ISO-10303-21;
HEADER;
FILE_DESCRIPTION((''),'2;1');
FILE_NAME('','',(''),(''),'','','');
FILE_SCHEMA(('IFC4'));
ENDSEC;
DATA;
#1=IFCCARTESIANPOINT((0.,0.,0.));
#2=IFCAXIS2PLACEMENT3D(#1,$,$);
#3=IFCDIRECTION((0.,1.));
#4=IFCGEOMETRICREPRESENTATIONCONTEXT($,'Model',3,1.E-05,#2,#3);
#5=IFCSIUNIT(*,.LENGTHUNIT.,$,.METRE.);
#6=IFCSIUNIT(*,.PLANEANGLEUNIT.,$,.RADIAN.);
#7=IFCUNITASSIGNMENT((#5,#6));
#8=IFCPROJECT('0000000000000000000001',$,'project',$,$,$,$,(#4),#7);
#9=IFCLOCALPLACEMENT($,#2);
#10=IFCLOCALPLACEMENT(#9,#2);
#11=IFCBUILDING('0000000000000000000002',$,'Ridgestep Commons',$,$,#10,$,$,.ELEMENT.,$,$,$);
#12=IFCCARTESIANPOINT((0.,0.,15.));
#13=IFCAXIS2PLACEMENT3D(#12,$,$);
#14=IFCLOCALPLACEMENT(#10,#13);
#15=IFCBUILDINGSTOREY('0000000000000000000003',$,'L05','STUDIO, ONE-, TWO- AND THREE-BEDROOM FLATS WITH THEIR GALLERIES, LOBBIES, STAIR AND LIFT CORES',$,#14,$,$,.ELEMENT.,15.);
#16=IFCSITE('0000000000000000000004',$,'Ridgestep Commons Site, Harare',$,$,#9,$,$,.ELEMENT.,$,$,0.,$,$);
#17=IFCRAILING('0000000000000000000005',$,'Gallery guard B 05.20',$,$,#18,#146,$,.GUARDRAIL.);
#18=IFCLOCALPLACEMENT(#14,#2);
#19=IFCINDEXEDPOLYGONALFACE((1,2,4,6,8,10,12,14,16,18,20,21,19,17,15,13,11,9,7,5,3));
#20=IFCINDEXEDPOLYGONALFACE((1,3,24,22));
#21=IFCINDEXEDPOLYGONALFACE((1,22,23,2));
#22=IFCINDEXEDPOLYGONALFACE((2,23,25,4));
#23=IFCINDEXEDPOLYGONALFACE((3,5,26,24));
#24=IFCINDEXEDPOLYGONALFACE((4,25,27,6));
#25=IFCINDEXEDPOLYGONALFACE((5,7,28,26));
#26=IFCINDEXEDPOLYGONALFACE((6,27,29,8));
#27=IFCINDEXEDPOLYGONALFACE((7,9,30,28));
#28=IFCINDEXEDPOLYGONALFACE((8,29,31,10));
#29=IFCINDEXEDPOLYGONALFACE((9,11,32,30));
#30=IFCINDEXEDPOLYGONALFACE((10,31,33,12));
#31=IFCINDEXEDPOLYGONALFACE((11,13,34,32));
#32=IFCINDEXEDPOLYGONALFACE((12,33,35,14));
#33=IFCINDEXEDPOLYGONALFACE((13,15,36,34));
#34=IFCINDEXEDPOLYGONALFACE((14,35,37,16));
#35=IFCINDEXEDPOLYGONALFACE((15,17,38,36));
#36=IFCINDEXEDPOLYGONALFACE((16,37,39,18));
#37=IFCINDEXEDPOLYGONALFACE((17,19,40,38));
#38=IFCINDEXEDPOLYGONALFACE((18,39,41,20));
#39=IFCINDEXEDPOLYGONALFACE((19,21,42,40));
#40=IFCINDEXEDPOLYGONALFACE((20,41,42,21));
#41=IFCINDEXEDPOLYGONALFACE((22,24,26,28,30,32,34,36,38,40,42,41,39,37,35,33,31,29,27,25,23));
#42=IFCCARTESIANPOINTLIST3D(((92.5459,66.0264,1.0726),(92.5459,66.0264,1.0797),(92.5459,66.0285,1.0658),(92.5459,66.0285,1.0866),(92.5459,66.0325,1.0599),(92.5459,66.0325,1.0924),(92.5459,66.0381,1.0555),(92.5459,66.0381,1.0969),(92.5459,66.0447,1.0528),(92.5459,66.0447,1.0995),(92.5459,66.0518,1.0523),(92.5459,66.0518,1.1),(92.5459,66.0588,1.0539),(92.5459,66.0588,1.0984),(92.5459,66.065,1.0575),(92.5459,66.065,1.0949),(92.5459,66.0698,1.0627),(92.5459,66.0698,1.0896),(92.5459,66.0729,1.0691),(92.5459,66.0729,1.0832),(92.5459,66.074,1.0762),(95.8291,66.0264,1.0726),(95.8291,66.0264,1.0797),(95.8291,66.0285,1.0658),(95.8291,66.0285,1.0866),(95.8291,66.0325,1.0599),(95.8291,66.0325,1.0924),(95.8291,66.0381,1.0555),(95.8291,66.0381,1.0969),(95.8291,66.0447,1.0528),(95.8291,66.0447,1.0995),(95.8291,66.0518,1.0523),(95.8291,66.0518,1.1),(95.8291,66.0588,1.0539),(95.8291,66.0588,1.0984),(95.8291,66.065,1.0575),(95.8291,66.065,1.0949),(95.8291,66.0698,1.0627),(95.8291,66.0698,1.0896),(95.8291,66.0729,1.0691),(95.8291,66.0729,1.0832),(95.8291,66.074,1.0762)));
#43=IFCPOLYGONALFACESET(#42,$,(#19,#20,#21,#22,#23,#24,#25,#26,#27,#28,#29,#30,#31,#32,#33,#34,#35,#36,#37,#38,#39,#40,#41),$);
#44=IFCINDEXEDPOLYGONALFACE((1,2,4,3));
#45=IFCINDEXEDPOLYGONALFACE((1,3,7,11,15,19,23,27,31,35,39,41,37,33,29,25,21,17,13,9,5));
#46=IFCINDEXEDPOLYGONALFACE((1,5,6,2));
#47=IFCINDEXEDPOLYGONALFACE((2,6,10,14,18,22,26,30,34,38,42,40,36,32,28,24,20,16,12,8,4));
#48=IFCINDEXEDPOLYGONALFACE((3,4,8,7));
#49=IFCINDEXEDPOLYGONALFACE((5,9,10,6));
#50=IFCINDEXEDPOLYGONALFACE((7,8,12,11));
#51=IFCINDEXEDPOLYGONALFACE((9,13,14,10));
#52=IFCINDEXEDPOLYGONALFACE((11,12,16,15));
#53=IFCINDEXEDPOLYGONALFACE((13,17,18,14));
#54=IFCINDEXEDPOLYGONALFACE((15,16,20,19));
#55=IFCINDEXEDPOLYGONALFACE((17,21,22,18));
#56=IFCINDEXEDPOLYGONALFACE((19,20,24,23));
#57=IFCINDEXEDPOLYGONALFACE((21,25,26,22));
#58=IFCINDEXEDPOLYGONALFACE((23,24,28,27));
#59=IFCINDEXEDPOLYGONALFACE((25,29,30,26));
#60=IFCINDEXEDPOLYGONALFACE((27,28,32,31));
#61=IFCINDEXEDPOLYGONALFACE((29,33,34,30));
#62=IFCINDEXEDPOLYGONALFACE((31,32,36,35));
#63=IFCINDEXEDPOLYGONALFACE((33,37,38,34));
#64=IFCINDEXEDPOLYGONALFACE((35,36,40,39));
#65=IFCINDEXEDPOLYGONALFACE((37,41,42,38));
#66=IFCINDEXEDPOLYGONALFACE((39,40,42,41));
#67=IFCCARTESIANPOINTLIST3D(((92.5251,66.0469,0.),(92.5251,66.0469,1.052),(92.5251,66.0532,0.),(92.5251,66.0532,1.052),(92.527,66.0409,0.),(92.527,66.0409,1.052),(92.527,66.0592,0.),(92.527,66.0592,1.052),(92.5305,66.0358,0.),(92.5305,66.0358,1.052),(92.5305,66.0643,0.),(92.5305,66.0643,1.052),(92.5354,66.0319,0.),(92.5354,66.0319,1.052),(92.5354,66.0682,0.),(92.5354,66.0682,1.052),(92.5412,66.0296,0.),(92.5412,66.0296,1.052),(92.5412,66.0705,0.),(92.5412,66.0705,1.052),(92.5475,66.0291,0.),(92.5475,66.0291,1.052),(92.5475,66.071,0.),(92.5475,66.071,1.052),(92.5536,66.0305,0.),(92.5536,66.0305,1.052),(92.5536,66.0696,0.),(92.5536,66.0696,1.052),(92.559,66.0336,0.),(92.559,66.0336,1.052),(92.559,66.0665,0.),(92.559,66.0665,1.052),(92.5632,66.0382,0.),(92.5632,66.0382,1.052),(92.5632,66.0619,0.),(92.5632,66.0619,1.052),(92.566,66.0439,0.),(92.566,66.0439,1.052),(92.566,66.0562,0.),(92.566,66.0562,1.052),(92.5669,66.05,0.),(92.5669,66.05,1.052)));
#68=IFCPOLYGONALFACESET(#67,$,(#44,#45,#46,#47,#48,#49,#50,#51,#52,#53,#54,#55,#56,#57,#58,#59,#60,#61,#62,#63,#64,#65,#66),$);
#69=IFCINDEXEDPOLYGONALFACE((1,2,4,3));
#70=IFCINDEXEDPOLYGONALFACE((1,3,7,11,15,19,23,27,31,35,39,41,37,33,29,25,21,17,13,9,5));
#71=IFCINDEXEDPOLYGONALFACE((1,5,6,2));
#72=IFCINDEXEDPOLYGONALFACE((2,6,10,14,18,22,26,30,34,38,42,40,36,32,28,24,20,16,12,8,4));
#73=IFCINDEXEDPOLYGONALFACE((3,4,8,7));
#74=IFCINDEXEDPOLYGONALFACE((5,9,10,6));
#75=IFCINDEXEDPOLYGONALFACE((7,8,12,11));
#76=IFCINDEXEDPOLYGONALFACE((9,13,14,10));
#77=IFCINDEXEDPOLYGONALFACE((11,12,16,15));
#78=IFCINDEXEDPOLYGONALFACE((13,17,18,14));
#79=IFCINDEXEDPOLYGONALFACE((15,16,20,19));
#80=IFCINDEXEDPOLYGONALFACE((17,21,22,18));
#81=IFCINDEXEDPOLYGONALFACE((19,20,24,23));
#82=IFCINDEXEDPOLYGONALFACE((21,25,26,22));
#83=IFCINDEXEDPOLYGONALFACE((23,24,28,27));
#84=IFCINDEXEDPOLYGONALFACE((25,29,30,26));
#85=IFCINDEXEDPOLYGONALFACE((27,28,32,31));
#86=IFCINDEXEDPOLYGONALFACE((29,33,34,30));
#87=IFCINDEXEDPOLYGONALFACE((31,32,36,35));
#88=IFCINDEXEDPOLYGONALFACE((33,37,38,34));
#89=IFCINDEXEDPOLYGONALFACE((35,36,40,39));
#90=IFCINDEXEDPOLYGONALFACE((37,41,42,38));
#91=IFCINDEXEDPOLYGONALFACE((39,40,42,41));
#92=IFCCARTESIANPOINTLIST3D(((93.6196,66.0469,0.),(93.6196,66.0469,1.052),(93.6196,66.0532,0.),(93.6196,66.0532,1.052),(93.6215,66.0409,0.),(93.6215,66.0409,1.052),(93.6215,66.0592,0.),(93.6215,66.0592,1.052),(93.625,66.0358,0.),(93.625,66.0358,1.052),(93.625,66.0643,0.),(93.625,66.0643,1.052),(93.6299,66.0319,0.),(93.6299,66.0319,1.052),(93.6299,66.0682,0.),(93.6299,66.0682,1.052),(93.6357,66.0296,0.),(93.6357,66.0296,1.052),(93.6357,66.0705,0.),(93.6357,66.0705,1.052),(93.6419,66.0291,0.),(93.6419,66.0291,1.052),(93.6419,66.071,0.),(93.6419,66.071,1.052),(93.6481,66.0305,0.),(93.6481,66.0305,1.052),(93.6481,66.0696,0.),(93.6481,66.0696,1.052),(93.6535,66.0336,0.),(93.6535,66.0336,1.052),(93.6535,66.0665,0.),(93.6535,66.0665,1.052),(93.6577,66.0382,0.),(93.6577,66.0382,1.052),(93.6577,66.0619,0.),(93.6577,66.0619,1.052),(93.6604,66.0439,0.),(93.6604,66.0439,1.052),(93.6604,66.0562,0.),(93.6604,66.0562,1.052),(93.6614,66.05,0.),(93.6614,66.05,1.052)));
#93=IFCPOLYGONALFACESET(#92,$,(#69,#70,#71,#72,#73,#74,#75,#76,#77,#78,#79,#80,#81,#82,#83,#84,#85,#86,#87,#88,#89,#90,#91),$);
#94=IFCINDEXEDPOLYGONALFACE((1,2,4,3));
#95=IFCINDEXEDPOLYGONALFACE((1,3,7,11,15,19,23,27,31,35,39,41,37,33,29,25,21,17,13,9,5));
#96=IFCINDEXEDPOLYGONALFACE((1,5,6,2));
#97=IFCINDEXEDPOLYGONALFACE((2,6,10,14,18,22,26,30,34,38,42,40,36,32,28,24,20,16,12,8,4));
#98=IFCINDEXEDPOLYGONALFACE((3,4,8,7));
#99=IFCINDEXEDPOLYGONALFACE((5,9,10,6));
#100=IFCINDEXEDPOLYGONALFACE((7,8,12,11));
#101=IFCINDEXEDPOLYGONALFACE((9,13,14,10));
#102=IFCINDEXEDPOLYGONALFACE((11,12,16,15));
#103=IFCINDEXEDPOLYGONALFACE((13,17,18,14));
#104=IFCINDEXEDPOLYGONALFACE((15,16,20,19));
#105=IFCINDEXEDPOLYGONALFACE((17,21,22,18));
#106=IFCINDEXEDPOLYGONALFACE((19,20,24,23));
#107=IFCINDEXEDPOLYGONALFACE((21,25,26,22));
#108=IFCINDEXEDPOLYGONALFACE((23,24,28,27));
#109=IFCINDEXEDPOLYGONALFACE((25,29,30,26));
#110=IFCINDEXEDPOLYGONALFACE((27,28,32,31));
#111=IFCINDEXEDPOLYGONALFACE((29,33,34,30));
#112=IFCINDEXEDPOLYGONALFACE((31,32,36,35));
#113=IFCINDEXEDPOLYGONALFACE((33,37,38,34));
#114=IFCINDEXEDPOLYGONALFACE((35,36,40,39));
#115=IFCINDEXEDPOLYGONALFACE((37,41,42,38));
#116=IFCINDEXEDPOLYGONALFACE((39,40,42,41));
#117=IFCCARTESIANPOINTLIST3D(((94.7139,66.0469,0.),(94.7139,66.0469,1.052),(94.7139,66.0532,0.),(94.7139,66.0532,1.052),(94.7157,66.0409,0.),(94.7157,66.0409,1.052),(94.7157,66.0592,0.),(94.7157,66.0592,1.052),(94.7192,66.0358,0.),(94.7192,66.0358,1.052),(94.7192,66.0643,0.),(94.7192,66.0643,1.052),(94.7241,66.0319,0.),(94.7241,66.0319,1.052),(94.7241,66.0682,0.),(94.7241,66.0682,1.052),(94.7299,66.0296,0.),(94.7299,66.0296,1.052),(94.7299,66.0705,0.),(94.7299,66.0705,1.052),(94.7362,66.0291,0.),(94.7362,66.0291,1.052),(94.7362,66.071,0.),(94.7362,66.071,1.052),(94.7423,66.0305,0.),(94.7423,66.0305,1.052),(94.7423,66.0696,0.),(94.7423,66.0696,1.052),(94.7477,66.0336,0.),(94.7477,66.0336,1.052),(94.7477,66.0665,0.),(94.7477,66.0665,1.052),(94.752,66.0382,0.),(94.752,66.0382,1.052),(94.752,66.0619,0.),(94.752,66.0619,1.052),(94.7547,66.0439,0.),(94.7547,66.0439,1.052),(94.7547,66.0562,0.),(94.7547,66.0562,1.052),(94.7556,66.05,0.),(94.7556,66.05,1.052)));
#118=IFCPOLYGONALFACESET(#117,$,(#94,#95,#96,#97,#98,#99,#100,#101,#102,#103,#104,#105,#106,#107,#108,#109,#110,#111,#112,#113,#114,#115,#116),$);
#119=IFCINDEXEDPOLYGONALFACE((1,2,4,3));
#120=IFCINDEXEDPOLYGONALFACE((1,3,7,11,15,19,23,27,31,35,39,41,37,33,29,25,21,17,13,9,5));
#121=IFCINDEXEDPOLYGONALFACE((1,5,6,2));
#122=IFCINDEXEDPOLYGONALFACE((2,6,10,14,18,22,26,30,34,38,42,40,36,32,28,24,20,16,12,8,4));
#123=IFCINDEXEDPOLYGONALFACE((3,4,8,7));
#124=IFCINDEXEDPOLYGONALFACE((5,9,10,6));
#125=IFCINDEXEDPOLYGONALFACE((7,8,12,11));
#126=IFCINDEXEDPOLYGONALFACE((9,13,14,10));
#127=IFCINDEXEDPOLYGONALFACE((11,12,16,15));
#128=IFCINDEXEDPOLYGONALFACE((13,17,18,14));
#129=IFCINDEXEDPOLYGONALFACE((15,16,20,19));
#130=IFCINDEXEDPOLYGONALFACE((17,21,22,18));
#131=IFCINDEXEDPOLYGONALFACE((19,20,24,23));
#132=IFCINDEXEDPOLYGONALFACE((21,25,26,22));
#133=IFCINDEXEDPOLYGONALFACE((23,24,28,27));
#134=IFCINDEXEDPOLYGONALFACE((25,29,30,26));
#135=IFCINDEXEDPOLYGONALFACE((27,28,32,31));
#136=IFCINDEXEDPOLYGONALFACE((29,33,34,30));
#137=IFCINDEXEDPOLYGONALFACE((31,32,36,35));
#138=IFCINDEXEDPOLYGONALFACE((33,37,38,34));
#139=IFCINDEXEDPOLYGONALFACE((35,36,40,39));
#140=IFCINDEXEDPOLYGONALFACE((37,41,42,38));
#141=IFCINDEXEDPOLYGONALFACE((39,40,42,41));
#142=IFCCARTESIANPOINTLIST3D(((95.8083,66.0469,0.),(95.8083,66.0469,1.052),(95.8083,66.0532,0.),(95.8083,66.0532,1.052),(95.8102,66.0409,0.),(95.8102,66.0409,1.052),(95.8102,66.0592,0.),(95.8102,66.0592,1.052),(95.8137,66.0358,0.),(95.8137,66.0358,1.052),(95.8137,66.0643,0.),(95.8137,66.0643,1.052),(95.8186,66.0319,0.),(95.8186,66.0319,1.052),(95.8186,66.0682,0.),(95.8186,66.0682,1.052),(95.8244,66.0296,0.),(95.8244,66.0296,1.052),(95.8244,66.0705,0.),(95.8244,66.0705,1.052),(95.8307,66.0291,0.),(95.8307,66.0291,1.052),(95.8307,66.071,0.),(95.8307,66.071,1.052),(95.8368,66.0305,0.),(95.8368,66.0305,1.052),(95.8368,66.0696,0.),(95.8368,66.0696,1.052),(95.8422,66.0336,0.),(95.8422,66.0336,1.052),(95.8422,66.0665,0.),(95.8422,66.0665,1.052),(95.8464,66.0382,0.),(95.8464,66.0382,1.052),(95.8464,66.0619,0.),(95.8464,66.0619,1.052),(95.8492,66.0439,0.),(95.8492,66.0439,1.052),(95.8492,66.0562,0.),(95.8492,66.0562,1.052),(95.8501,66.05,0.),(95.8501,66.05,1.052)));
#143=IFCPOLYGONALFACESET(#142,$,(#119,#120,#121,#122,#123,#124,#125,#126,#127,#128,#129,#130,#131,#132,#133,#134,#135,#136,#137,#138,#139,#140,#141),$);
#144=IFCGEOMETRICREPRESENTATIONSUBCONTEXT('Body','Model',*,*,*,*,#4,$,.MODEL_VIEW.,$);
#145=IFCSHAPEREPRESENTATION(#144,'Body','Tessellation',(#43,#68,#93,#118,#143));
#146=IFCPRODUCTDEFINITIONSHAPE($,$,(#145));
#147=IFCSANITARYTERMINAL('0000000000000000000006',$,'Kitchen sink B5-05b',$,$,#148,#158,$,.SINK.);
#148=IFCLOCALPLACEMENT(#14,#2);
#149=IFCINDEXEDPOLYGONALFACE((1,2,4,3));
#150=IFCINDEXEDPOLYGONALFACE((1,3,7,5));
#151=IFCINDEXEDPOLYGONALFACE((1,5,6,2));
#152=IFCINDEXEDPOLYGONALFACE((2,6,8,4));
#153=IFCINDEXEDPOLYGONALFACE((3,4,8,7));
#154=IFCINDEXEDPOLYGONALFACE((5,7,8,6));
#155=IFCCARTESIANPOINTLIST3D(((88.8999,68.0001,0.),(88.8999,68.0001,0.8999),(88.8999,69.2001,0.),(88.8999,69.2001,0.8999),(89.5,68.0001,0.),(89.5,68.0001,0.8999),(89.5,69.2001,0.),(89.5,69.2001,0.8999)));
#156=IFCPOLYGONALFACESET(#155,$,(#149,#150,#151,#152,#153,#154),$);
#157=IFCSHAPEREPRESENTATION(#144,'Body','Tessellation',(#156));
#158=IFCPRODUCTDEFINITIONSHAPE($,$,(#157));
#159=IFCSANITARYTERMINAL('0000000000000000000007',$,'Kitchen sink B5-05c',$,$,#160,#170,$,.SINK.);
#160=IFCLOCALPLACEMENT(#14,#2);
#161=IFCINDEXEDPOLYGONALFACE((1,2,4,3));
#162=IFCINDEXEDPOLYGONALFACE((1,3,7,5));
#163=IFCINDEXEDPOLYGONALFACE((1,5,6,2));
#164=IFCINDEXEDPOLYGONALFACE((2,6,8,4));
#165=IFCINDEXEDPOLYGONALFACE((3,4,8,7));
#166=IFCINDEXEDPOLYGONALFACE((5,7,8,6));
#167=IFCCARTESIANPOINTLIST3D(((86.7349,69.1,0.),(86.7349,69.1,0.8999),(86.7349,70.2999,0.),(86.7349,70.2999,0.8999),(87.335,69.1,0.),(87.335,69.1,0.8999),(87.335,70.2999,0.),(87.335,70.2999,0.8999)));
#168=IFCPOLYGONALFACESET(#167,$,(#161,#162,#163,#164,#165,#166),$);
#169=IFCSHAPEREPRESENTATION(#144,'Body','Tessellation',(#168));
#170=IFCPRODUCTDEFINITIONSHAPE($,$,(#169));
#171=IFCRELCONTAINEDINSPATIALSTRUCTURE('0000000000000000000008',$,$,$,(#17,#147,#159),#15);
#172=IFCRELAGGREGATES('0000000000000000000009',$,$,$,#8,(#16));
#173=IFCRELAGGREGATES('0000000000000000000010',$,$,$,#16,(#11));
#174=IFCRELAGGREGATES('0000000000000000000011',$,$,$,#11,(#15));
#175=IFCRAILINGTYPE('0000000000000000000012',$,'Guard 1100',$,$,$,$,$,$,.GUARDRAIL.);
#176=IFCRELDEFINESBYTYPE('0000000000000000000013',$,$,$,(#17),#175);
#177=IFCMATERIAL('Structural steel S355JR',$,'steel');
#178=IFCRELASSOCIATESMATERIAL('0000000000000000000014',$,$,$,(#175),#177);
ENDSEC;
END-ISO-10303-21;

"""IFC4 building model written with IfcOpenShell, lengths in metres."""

from ifc_helpers import new_model, si_unit, direction, frame, origin, origin_2d, place, context, subcontext, project, spatial, rectangle, circle, extrude, material, type_object, element, save


model = new_model("IFC4")

# Units and contexts
model_context = context("Model", 3, precision=1e-05, world=origin(), true_north=direction((0.0, 1.0)))
body_context = subcontext(model_context, "Body", "Model", "MODEL_VIEW")
ifc_project = project(units=[si_unit("LENGTHUNIT", "METRE"), si_unit("PLANEANGLEUNIT", "RADIAN")], contexts=[model_context])

# Site, building, storey
site_placement = place(None, origin())
site = spatial("IfcSite", under=ifc_project, at=site_placement, Name="Ridgestep Commons Site, Harare", CompositionType="ELEMENT", RefElevation=0.0)
building_placement = place(site_placement, origin())
building = spatial("IfcBuilding", under=site, at=building_placement, Name="Ridgestep Commons", CompositionType="ELEMENT")
storey_placement = place(building_placement, frame((0.0, 0.0, 15.0)))
storey = spatial("IfcBuildingStorey", under=building, at=storey_placement, Name="L05", Description="STUDIO, ONE-, TWO- AND THREE-BEDROOM FLATS WITH THEIR GALLERIES, LOBBIES, STAIR AND LIFT CORES", CompositionType="ELEMENT", Elevation=15.0)

# Railing
ifc_material_1 = material(Name="Structural steel S355JR", Category="steel")
railing_type = type_object("IfcRailingType", Name="Guard 1100", PredefinedType="GUARDRAIL", material=ifc_material_1)
railing_1_placement = place(storey_placement, frame((92.5459, 66.05, 0.0)))
element("IfcRailing", 1, at=railing_1_placement, inside=storey, type_object=railing_type, Name="Gallery guard B 05.20", PredefinedType="GUARDRAIL", context=body_context, shape_type="SweptSolid", body=[
    extrude(circle(Radius=0.0239, at=origin_2d()), frame((0.0, 0.0, 1.0762), z_axis=(1.0, 0.0, 0.0), x_axis=(0.0, 1.0, 0.0)), (0.0, 0.0, 1.0), 3.2832),
    extrude(circle(Radius=0.021, at=origin_2d()), origin(), (0.0, 0.0, 1.0), 1.052),
    extrude(circle(Radius=0.021, at=origin_2d()), frame((1.0945, 0.0, 0.0)), (0.0, 0.0, 1.0), 1.052),
    extrude(circle(Radius=0.021, at=origin_2d()), frame((2.1887, 0.0, 0.0)), (0.0, 0.0, 1.0), 1.052),
    extrude(circle(Radius=0.021, at=origin_2d()), frame((3.2832, 0.0, 0.0)), (0.0, 0.0, 1.0), 1.052),
])

# Sanitary terminals
for number, where, z_axis, x_axis, name in (
    (2, (89.2, 68.6001, 0.0), (0.0, 0.0, 1.0), (1.0, 0.0, 0.0), "Kitchen sink B5-05b"),
    (3, (87.0349, 69.7, 0.0), (0.0, 0.0, 1.0), (1.0, 0.0, 0.0), "Kitchen sink B5-05c"),
):
    element("IfcSanitaryTerminal", number, at=place(storey_placement, frame(where, z_axis=z_axis, x_axis=x_axis)), inside=storey, Name=name, PredefinedType="SINK", context=body_context, shape_type="SweptSolid", body=[
        extrude(rectangle(XDim=0.6001, YDim=1.2, at=origin_2d()), origin(), (0.0, 0.0, 1.0), 0.8999),
    ])

save(model, "model.ifc")
